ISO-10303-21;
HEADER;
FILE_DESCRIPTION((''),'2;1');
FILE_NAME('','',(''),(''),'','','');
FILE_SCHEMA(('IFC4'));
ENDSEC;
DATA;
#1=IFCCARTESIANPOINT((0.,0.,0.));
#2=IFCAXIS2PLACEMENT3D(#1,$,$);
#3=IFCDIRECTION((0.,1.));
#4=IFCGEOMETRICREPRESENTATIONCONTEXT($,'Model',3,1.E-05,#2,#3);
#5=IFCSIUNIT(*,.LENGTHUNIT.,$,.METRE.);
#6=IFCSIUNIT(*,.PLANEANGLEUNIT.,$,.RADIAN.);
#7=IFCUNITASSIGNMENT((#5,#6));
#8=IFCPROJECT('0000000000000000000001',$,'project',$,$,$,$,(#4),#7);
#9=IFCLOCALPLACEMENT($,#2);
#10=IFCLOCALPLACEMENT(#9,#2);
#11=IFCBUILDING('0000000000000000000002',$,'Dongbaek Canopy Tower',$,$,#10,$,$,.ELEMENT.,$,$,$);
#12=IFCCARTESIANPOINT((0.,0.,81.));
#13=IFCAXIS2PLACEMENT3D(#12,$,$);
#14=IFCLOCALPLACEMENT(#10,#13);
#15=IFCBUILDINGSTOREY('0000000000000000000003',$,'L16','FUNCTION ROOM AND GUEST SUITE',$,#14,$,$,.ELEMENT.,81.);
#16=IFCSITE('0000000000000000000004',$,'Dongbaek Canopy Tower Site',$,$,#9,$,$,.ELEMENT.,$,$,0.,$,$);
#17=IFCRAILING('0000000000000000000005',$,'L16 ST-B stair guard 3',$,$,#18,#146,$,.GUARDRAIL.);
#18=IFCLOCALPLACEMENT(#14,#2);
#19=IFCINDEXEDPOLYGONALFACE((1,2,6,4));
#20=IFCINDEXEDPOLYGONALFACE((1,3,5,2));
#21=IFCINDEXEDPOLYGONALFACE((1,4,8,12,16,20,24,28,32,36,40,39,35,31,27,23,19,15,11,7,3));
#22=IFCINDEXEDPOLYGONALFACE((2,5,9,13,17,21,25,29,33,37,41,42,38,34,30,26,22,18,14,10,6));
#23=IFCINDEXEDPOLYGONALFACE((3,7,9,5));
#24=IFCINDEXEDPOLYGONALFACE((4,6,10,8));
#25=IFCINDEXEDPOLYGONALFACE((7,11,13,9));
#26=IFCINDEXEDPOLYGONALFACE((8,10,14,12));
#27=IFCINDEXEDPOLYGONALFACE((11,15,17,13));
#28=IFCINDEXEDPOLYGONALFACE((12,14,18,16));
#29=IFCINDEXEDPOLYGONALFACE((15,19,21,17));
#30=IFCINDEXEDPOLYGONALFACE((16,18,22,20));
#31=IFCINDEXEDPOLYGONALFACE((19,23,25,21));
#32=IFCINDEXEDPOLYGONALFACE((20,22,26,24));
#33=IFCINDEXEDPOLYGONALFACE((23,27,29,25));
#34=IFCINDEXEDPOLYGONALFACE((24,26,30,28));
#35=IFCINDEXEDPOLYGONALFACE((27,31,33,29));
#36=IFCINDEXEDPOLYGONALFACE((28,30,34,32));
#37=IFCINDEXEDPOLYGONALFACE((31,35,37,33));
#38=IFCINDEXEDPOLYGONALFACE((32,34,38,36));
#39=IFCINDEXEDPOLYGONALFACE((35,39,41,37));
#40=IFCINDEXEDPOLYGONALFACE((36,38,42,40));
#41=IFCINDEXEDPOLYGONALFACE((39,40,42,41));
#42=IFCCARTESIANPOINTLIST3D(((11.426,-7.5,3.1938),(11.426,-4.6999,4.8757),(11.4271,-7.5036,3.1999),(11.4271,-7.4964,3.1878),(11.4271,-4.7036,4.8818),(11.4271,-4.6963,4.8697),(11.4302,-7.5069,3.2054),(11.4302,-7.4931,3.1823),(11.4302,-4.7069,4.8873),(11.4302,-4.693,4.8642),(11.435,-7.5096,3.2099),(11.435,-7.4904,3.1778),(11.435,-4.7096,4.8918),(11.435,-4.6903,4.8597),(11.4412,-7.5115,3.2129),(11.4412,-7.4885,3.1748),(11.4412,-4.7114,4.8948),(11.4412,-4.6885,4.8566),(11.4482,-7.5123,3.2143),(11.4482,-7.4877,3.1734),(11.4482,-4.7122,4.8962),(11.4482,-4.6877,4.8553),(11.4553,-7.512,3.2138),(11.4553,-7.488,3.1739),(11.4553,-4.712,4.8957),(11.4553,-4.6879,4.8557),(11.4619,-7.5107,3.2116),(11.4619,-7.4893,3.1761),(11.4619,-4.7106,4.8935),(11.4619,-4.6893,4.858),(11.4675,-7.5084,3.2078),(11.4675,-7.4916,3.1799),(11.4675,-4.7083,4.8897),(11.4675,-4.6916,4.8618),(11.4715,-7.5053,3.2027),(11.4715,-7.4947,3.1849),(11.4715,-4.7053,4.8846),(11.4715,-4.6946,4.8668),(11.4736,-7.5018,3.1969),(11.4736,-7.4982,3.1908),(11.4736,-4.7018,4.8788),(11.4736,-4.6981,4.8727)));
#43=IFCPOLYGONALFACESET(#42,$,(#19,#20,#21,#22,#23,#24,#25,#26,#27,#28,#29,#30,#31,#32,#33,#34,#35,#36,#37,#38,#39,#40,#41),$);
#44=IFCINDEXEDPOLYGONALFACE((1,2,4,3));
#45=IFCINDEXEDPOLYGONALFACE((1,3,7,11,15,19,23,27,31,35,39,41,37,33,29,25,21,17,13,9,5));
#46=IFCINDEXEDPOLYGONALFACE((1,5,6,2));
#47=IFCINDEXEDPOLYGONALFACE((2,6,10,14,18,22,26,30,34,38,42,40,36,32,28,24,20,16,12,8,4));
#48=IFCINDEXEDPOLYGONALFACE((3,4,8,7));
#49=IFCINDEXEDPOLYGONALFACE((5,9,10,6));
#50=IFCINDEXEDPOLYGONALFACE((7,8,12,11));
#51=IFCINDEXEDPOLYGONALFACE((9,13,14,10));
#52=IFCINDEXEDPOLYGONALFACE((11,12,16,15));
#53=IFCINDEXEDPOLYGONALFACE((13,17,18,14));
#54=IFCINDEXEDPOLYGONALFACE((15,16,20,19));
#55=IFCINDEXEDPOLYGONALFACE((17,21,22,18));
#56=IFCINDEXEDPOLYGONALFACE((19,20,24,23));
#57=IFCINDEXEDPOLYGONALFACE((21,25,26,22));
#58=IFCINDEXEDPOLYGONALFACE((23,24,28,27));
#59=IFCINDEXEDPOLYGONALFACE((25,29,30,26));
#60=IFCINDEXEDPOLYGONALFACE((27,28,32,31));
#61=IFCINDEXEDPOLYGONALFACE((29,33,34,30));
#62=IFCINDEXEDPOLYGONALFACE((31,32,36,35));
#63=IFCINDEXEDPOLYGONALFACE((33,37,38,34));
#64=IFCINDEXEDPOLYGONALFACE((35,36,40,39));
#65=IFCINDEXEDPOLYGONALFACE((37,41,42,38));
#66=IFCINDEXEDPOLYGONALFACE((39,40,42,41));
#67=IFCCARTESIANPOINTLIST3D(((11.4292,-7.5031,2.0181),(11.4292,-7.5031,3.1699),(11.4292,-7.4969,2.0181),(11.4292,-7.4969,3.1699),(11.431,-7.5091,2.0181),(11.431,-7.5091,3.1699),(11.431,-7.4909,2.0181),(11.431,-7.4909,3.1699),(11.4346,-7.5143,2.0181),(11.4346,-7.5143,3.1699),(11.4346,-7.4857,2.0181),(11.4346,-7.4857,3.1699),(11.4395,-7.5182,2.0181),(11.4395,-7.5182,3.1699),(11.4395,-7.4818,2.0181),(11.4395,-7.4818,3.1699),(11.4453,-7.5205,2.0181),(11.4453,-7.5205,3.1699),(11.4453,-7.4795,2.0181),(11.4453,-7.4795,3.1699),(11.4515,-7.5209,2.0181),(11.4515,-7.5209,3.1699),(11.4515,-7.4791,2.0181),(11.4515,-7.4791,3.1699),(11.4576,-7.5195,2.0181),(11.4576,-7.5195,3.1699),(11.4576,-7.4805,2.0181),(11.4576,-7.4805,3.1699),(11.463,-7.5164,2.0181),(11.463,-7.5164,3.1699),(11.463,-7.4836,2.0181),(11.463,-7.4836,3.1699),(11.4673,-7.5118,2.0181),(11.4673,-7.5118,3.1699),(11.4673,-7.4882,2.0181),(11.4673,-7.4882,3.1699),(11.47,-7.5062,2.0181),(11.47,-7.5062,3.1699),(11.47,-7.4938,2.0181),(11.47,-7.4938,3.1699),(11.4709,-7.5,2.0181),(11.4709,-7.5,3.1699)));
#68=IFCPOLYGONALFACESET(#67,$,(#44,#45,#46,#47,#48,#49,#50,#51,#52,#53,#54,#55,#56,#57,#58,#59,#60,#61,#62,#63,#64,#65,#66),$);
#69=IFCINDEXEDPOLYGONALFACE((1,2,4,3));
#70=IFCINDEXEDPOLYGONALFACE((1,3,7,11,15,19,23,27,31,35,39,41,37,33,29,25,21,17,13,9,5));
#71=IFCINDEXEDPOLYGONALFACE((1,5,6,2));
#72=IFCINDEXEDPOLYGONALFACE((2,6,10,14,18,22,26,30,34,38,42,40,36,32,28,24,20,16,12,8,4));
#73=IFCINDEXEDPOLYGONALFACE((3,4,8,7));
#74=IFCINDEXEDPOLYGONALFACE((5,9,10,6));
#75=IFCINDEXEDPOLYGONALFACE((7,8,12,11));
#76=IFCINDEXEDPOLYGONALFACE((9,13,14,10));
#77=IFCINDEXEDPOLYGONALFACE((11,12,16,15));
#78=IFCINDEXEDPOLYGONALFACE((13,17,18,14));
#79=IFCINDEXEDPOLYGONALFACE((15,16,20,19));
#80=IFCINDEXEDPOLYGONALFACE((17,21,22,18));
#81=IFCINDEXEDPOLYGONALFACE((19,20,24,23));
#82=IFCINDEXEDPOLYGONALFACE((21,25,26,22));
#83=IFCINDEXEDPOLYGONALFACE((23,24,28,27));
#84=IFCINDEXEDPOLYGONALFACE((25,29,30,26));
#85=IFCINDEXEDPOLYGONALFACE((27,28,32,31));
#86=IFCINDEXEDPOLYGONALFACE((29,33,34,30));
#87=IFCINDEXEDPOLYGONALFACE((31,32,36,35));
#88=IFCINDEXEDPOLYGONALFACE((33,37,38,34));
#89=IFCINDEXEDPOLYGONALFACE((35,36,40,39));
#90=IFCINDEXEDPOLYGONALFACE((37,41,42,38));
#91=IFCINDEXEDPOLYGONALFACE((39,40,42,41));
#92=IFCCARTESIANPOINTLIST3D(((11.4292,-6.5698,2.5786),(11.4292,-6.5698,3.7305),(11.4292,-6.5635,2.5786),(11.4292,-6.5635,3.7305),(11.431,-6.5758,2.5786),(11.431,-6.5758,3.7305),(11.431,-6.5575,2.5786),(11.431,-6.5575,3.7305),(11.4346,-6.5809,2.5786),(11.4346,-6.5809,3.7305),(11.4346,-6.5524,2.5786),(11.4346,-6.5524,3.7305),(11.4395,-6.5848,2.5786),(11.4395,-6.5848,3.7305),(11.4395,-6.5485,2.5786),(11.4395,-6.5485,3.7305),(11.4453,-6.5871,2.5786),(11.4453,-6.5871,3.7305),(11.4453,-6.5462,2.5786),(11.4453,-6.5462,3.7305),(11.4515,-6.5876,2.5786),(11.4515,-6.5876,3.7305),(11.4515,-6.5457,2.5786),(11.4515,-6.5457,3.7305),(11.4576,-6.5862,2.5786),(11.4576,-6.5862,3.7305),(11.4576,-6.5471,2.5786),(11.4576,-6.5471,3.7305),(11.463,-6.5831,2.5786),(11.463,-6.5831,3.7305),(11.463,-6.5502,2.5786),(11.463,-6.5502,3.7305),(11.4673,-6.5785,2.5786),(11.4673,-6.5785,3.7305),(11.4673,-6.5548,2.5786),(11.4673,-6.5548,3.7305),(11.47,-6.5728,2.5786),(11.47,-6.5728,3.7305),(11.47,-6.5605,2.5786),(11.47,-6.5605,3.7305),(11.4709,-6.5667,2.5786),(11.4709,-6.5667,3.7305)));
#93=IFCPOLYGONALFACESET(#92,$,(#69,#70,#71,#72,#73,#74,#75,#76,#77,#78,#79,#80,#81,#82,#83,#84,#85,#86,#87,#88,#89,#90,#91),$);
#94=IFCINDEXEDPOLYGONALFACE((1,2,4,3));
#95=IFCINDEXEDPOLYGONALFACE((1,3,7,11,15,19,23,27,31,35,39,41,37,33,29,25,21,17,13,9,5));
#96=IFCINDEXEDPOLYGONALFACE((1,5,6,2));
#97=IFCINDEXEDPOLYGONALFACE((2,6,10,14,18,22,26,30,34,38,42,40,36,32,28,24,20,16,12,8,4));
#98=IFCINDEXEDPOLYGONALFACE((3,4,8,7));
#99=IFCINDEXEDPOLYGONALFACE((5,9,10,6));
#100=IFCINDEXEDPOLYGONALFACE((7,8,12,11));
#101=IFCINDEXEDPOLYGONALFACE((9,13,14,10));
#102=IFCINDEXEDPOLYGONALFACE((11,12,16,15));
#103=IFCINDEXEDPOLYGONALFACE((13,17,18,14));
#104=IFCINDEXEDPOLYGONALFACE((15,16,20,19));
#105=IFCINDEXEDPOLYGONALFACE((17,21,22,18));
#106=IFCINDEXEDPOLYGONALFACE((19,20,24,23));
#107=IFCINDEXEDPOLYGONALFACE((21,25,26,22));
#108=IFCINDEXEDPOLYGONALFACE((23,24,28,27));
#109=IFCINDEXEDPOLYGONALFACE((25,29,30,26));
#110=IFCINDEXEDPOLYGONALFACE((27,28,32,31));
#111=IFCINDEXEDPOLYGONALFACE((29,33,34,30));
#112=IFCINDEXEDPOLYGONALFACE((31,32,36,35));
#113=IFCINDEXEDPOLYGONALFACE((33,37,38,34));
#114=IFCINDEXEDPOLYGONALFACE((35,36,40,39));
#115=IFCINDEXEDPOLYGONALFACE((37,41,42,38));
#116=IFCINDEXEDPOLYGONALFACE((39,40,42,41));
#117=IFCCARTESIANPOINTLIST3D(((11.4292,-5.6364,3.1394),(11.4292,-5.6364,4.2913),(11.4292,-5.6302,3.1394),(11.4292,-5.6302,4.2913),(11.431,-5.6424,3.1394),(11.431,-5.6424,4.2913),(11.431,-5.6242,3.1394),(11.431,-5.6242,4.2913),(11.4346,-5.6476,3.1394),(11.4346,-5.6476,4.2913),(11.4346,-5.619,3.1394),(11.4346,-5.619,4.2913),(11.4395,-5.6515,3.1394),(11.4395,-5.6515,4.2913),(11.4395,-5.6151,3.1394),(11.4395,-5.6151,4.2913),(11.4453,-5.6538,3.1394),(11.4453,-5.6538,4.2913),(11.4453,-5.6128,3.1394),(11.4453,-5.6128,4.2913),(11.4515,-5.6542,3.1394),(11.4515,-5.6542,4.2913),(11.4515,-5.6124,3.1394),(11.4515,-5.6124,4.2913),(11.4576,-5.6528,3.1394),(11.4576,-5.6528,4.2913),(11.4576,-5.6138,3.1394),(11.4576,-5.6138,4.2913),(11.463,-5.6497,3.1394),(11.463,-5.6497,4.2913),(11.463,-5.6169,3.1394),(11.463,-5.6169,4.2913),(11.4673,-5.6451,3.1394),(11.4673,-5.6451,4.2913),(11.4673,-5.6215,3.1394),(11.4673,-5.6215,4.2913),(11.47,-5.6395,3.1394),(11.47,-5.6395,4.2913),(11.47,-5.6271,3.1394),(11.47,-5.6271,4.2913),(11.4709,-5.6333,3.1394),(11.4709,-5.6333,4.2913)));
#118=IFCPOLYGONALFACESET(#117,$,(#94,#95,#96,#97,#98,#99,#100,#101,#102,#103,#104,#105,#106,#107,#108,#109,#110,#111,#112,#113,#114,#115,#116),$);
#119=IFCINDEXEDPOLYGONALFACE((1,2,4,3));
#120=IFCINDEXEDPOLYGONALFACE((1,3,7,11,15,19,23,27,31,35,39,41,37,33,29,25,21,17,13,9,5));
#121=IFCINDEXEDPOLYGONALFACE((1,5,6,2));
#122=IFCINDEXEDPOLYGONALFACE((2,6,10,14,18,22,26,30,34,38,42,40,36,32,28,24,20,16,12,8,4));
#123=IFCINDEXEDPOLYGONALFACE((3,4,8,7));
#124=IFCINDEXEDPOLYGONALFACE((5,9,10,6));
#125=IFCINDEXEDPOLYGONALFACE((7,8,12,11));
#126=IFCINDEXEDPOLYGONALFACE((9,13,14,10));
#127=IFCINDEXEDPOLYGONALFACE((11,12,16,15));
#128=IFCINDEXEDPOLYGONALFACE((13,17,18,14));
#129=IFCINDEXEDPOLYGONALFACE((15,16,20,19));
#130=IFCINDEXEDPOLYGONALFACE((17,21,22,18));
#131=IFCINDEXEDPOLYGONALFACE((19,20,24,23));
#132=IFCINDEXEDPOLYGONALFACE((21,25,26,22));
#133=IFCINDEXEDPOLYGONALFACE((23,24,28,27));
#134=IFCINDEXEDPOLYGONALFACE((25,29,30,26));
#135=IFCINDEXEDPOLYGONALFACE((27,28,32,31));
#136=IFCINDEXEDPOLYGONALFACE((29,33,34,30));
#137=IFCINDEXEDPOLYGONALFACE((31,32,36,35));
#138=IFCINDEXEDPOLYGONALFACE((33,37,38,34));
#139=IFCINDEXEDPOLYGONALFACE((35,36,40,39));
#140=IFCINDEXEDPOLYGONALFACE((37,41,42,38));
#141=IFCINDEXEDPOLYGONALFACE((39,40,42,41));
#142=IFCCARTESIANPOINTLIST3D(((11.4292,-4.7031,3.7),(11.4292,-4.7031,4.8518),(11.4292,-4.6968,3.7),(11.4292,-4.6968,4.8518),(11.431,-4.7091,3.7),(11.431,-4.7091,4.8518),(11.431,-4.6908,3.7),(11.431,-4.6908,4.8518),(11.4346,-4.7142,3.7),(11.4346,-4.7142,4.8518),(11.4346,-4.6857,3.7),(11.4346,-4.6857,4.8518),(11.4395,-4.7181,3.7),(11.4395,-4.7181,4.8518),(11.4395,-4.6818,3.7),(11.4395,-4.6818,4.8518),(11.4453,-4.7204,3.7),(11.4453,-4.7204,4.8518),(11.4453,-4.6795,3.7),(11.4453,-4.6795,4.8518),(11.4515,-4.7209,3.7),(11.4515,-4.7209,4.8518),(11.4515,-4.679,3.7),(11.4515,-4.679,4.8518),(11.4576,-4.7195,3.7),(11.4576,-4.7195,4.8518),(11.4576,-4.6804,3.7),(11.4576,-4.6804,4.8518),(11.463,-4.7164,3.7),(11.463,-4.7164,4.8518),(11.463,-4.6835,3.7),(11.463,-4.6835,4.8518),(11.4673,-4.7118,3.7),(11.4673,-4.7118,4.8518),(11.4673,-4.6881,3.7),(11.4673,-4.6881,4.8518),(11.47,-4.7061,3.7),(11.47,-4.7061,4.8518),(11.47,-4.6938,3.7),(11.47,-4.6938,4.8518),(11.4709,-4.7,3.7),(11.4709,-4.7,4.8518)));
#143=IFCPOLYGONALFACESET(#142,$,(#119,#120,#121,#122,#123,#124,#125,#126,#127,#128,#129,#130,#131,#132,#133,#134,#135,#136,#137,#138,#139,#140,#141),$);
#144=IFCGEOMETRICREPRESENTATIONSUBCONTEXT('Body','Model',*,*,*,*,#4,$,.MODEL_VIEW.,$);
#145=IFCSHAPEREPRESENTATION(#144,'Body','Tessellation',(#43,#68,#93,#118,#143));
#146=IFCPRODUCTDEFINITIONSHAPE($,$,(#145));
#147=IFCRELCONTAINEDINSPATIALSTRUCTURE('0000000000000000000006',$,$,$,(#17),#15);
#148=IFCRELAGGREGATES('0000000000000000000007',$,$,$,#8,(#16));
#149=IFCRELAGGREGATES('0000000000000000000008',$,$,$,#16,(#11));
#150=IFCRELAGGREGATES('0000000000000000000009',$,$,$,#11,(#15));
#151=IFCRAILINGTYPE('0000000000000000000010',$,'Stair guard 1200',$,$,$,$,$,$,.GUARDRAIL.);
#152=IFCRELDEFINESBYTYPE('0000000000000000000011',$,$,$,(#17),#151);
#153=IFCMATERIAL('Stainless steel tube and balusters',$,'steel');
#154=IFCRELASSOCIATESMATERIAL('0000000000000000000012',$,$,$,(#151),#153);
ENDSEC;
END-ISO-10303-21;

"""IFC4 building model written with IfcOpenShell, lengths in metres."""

from ifc_helpers import new_model, si_unit, direction, frame, origin, origin_2d, place, context, subcontext, project, spatial, circle, extrude, material, type_object, element, save


model = new_model("IFC4")

# Units and contexts
model_context = context("Model", 3, precision=1e-05, world=origin(), true_north=direction((0.0, 1.0)))
body_context = subcontext(model_context, "Body", "Model", "MODEL_VIEW")
ifc_project = project(units=[si_unit("LENGTHUNIT", "METRE"), si_unit("PLANEANGLEUNIT", "RADIAN")], contexts=[model_context])

# Site, building, storey
site_placement = place(None, origin())
site = spatial("IfcSite", under=ifc_project, at=site_placement, Name="Dongbaek Canopy Tower Site", CompositionType="ELEMENT", RefElevation=0.0)
building_placement = place(site_placement, origin())
building = spatial("IfcBuilding", under=site, at=building_placement, Name="Dongbaek Canopy Tower", CompositionType="ELEMENT")
storey_placement = place(building_placement, frame((0.0, 0.0, 81.0)))
storey = spatial("IfcBuildingStorey", under=building, at=storey_placement, Name="L16", Description="FUNCTION ROOM AND GUEST SUITE", CompositionType="ELEMENT", Elevation=81.0)

# Railing
ifc_material_1 = material(Name="Stainless steel tube and balusters", Category="steel")
railing_type_1 = type_object("IfcRailingType", Name="Stair guard 1200", PredefinedType="GUARDRAIL", material=ifc_material_1)
railing_1_placement = place(storey_placement, frame((11.45, -7.5, 2.0181)))
element("IfcRailing", 1, at=railing_1_placement, inside=storey, type_object=railing_type_1, Name="L16 ST-B stair guard 3", PredefinedType="GUARDRAIL", context=body_context, shape_type="SweptSolid", body=[
    extrude(circle(Radius=0.0239, at=origin_2d()), frame((0.0, 0.0, 1.1758), z_axis=(0.0, 0.857242, 0.514913), x_axis=(-1.0, 0.0, 0.0)), (0.0, 0.0, 1.0), 3.2664),
    extrude(circle(Radius=0.021, at=origin_2d()), origin(), (0.0, 0.0, 1.0), 1.1519),
    extrude(circle(Radius=0.021, at=origin_2d()), frame((0.0, 0.9333, 0.5605)), (0.0, 0.0, 1.0), 1.1519),
    extrude(circle(Radius=0.021, at=origin_2d()), frame((0.0, 1.8667, 1.1213)), (0.0, 0.0, 1.0), 1.1519),
    extrude(circle(Radius=0.021, at=origin_2d()), frame((0.0, 2.8, 1.6819)), (0.0, 0.0, 1.0), 1.1519),
])

save(model, "model.ifc")
